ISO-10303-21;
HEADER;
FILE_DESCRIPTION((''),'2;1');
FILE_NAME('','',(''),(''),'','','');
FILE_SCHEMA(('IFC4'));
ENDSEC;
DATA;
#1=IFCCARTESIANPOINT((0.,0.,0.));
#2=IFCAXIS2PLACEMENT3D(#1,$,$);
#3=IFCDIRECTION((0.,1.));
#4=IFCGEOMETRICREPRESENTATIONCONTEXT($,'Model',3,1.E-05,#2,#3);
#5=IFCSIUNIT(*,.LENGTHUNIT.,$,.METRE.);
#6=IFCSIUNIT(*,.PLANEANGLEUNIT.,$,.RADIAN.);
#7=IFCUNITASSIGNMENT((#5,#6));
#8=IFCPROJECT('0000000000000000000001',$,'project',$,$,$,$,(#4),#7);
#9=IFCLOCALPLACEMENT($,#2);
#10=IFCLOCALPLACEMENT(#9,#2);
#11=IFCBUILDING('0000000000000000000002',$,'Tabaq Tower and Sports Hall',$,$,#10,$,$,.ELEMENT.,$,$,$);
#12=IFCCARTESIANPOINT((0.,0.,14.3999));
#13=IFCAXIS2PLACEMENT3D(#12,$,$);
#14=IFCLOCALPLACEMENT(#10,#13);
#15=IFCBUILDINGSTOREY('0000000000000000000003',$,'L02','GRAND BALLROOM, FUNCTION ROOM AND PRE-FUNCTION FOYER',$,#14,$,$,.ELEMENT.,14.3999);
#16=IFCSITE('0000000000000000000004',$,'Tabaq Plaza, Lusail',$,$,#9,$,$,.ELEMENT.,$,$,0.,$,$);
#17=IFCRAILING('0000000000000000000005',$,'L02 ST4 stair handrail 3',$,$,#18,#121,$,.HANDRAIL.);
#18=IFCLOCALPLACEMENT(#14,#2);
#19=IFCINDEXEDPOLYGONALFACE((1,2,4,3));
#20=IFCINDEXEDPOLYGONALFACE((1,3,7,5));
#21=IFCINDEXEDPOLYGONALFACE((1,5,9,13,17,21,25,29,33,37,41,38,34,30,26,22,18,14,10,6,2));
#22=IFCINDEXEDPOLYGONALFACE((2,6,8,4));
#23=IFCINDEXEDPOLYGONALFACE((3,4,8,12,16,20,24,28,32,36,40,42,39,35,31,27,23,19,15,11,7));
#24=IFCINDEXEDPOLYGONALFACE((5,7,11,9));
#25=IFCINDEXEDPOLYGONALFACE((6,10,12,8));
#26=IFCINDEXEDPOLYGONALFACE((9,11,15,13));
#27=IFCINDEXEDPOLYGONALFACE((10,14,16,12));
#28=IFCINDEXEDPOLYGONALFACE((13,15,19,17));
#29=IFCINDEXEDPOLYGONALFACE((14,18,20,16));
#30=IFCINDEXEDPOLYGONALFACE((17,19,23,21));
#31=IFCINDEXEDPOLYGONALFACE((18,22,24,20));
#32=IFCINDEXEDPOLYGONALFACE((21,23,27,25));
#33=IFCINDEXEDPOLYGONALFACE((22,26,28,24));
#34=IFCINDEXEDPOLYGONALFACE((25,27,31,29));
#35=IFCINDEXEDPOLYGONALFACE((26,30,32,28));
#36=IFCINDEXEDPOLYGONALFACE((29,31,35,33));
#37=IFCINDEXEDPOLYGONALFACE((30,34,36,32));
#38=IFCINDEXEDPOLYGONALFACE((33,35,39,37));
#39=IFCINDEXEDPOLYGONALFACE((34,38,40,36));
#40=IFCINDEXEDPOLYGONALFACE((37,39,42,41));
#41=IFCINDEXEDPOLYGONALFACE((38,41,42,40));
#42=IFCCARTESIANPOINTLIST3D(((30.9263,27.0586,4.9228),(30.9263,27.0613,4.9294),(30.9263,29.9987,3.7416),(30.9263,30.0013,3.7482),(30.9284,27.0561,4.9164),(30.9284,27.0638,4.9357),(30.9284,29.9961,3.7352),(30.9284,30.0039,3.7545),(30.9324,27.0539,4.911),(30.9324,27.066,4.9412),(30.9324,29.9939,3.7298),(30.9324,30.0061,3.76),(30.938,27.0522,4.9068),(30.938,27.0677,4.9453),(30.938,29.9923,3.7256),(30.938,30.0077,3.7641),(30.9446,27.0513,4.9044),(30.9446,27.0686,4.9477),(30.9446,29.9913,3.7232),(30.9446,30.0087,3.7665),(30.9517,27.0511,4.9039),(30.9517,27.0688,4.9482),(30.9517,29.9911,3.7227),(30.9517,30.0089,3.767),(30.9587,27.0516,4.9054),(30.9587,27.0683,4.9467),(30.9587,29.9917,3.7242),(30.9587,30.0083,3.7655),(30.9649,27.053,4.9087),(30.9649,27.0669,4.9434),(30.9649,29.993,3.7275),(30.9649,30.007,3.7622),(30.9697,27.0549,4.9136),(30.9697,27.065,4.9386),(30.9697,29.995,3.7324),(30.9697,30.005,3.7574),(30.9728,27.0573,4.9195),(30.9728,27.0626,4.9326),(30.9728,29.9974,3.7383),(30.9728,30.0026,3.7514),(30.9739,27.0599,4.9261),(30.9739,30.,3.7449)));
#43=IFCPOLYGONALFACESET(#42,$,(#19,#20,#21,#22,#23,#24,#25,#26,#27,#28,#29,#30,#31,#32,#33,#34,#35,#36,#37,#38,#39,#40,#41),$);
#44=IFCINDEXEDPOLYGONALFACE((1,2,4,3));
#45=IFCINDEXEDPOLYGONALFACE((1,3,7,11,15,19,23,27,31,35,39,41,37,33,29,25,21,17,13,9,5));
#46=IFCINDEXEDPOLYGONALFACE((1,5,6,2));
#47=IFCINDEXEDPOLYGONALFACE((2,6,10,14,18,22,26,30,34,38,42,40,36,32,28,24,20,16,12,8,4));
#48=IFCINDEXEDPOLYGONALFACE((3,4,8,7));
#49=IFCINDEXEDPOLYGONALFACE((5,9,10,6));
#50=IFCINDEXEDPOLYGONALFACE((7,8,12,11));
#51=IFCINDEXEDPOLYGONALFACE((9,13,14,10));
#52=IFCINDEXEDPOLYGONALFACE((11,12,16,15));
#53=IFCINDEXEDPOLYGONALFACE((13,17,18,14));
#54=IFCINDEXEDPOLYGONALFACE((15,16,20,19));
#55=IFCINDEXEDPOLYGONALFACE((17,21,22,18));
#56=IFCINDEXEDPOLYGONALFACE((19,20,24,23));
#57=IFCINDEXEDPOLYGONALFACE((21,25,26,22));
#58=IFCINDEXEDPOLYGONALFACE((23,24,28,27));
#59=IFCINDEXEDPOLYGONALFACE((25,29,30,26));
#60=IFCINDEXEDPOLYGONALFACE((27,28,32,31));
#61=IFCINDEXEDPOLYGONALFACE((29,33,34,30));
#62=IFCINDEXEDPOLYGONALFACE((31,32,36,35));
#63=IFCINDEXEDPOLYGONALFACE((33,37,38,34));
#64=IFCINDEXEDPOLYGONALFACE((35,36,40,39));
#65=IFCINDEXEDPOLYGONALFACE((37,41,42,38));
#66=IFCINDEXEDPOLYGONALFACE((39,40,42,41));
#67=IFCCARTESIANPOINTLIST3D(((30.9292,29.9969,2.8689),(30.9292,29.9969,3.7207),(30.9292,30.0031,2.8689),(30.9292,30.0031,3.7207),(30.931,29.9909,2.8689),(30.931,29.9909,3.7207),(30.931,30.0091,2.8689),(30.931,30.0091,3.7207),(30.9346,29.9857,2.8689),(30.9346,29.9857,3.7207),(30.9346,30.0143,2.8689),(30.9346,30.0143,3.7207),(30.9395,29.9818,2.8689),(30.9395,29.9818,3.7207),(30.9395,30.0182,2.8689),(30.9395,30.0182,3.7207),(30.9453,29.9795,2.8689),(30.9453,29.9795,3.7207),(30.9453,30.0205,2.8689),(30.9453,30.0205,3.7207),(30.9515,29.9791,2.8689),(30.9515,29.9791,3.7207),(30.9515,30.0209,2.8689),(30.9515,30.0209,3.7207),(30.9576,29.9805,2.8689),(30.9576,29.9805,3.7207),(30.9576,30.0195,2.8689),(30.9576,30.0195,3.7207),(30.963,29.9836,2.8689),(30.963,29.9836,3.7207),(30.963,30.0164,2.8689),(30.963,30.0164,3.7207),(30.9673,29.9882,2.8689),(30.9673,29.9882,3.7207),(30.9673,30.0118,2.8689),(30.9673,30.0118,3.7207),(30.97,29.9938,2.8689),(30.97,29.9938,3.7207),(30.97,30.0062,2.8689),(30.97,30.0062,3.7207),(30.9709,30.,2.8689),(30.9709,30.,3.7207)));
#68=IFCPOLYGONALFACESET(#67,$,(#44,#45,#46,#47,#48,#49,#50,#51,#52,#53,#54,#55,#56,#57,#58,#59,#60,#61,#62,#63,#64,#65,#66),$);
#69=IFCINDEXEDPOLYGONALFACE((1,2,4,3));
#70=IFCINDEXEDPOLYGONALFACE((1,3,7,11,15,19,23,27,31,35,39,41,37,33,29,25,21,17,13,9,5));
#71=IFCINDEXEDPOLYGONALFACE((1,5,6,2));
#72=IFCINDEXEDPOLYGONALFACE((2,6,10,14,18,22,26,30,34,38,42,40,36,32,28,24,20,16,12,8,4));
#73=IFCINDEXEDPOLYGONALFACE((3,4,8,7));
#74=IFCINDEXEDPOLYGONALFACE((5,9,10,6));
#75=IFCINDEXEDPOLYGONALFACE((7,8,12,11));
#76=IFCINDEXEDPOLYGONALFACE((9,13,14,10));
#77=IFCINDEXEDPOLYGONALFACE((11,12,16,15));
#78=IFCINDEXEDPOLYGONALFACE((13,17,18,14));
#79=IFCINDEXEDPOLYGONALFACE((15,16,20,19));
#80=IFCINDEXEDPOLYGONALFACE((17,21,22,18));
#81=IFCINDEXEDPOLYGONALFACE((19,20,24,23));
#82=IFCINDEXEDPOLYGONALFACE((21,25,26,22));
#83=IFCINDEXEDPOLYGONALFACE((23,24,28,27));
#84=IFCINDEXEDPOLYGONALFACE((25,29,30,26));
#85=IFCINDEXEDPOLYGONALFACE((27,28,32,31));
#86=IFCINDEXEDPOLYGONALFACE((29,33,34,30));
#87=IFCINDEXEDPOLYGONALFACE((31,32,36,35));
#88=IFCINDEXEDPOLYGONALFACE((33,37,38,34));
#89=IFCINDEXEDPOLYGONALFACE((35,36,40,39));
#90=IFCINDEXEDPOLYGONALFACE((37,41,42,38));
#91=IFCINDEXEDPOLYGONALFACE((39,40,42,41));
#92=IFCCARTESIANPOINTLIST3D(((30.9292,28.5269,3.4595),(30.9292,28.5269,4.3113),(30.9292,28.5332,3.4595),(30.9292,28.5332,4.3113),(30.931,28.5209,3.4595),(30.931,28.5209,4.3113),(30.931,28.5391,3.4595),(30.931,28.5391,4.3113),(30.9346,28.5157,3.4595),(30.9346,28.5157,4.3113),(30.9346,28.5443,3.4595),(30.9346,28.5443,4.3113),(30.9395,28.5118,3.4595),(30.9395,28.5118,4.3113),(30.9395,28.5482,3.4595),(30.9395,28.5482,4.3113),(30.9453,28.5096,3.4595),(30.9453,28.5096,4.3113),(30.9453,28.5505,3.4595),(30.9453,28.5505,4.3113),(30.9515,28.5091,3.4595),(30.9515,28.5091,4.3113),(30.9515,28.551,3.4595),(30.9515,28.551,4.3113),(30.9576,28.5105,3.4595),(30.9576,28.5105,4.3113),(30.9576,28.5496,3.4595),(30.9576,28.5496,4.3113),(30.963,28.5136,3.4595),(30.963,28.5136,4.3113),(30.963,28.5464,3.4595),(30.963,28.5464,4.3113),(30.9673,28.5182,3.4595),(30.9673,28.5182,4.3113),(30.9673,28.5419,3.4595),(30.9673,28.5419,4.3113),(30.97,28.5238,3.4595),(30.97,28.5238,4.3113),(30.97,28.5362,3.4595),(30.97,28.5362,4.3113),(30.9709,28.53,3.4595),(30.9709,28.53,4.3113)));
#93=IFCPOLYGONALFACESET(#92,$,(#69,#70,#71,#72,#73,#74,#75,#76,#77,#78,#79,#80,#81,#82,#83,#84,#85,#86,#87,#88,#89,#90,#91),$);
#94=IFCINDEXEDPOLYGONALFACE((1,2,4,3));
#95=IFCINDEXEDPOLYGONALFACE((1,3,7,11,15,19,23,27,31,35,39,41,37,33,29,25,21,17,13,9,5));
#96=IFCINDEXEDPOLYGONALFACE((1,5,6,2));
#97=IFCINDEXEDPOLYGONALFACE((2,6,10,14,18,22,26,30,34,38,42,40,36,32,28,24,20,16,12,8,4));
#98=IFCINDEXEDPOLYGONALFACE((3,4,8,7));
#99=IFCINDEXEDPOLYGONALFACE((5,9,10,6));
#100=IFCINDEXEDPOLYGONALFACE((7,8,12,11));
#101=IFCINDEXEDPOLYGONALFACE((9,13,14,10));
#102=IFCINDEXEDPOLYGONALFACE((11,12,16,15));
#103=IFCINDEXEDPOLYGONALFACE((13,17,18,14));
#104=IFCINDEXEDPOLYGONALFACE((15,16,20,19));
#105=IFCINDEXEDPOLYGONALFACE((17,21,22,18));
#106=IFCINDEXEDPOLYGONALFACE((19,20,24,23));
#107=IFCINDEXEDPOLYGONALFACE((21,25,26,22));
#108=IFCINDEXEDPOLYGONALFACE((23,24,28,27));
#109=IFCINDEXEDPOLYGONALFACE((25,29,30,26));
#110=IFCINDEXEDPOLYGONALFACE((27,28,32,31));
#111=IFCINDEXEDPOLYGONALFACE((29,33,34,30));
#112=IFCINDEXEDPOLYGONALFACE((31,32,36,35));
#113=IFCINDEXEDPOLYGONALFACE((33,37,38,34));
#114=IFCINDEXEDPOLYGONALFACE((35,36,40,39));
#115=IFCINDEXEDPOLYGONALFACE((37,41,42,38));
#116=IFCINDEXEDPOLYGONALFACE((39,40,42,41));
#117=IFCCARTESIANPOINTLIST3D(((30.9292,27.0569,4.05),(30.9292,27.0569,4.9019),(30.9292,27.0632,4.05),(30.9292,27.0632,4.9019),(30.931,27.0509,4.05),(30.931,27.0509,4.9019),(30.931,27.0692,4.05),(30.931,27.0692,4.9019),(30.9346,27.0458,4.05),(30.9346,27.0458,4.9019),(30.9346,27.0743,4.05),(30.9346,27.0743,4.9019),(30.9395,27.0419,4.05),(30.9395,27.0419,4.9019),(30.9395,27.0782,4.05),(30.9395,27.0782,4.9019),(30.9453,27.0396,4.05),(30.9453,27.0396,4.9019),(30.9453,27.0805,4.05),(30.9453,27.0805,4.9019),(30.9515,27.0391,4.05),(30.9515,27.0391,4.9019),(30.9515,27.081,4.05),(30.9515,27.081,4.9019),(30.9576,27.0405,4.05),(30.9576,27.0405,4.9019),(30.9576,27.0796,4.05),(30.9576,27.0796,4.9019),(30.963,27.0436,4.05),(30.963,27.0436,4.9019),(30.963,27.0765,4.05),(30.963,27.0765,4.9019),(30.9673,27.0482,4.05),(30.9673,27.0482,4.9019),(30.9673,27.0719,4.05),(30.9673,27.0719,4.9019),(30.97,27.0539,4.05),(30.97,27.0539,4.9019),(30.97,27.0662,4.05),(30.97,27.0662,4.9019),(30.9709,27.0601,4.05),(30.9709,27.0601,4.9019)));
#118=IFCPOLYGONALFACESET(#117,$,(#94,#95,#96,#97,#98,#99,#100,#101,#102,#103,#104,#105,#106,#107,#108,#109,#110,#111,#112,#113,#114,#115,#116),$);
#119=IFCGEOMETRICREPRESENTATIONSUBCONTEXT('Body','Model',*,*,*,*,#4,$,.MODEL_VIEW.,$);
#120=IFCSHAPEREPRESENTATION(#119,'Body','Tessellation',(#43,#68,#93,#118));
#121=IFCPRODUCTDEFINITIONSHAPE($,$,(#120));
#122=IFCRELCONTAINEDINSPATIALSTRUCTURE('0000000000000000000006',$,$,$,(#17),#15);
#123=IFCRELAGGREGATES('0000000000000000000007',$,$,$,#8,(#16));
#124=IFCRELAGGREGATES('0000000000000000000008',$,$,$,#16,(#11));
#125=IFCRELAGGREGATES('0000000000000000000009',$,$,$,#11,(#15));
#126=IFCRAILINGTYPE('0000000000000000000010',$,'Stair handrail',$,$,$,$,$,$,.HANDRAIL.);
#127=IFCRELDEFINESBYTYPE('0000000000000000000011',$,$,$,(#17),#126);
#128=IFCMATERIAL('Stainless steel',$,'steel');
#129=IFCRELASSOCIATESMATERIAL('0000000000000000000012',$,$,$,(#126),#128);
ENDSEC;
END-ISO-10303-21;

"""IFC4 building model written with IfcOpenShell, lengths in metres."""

from ifc_helpers import new_model, si_unit, direction, frame, origin, origin_2d, place, context, subcontext, project, spatial, circle, extrude, material, type_object, element, save


model = new_model("IFC4")

# Units and contexts
model_context = context("Model", 3, precision=1e-05, world=origin(), true_north=direction((0.0, 1.0)))
body_context = subcontext(model_context, "Body", "Model", "MODEL_VIEW")
ifc_project = project(units=[si_unit("LENGTHUNIT", "METRE"), si_unit("PLANEANGLEUNIT", "RADIAN")], contexts=[model_context])

# Site, building, storey
site_placement = place(None, origin())
site = spatial("IfcSite", under=ifc_project, at=site_placement, Name="Tabaq Plaza, Lusail", CompositionType="ELEMENT", RefElevation=0.0)
building_placement = place(site_placement, origin())
building = spatial("IfcBuilding", under=site, at=building_placement, Name="Tabaq Tower and Sports Hall", CompositionType="ELEMENT")
storey_placement = place(building_placement, frame((0.0, 0.0, 14.3999)))
storey = spatial("IfcBuildingStorey", under=building, at=storey_placement, Name="L02", Description="GRAND BALLROOM, FUNCTION ROOM AND PRE-FUNCTION FOYER", CompositionType="ELEMENT", Elevation=14.3999)

# Railing
ifc_material_1 = material(Name="Stainless steel", Category="steel")
railing_type_1 = type_object("IfcRailingType", Name="Stair handrail", PredefinedType="HANDRAIL", material=ifc_material_1)
railing_1_placement = place(storey_placement, frame((30.95, 30.0, 2.8689)))
element("IfcRailing", 1, at=railing_1_placement, inside=storey, type_object=railing_type_1, Name="L02 ST4 stair handrail 3", PredefinedType="HANDRAIL", context=body_context, shape_type="SweptSolid", body=[
    extrude(circle(Radius=0.0239, at=origin_2d()), frame((0.0, 0.0, 0.876), z_axis=(0.0, -0.927912, 0.372799), x_axis=(1.0, 0.0, 0.0)), (0.0, 0.0, 1.0), 3.1685),
    extrude(circle(Radius=0.021, at=origin_2d()), origin(), (0.0, 0.0, 1.0), 0.8518),
    extrude(circle(Radius=0.021, at=origin_2d()), frame((0.0, -1.47, 0.5906)), (0.0, 0.0, 1.0), 0.8518),
    extrude(circle(Radius=0.021, at=origin_2d()), frame((0.0, -2.9399, 1.1812)), (0.0, 0.0, 1.0), 0.8518),
])

save(model, "model.ifc")
